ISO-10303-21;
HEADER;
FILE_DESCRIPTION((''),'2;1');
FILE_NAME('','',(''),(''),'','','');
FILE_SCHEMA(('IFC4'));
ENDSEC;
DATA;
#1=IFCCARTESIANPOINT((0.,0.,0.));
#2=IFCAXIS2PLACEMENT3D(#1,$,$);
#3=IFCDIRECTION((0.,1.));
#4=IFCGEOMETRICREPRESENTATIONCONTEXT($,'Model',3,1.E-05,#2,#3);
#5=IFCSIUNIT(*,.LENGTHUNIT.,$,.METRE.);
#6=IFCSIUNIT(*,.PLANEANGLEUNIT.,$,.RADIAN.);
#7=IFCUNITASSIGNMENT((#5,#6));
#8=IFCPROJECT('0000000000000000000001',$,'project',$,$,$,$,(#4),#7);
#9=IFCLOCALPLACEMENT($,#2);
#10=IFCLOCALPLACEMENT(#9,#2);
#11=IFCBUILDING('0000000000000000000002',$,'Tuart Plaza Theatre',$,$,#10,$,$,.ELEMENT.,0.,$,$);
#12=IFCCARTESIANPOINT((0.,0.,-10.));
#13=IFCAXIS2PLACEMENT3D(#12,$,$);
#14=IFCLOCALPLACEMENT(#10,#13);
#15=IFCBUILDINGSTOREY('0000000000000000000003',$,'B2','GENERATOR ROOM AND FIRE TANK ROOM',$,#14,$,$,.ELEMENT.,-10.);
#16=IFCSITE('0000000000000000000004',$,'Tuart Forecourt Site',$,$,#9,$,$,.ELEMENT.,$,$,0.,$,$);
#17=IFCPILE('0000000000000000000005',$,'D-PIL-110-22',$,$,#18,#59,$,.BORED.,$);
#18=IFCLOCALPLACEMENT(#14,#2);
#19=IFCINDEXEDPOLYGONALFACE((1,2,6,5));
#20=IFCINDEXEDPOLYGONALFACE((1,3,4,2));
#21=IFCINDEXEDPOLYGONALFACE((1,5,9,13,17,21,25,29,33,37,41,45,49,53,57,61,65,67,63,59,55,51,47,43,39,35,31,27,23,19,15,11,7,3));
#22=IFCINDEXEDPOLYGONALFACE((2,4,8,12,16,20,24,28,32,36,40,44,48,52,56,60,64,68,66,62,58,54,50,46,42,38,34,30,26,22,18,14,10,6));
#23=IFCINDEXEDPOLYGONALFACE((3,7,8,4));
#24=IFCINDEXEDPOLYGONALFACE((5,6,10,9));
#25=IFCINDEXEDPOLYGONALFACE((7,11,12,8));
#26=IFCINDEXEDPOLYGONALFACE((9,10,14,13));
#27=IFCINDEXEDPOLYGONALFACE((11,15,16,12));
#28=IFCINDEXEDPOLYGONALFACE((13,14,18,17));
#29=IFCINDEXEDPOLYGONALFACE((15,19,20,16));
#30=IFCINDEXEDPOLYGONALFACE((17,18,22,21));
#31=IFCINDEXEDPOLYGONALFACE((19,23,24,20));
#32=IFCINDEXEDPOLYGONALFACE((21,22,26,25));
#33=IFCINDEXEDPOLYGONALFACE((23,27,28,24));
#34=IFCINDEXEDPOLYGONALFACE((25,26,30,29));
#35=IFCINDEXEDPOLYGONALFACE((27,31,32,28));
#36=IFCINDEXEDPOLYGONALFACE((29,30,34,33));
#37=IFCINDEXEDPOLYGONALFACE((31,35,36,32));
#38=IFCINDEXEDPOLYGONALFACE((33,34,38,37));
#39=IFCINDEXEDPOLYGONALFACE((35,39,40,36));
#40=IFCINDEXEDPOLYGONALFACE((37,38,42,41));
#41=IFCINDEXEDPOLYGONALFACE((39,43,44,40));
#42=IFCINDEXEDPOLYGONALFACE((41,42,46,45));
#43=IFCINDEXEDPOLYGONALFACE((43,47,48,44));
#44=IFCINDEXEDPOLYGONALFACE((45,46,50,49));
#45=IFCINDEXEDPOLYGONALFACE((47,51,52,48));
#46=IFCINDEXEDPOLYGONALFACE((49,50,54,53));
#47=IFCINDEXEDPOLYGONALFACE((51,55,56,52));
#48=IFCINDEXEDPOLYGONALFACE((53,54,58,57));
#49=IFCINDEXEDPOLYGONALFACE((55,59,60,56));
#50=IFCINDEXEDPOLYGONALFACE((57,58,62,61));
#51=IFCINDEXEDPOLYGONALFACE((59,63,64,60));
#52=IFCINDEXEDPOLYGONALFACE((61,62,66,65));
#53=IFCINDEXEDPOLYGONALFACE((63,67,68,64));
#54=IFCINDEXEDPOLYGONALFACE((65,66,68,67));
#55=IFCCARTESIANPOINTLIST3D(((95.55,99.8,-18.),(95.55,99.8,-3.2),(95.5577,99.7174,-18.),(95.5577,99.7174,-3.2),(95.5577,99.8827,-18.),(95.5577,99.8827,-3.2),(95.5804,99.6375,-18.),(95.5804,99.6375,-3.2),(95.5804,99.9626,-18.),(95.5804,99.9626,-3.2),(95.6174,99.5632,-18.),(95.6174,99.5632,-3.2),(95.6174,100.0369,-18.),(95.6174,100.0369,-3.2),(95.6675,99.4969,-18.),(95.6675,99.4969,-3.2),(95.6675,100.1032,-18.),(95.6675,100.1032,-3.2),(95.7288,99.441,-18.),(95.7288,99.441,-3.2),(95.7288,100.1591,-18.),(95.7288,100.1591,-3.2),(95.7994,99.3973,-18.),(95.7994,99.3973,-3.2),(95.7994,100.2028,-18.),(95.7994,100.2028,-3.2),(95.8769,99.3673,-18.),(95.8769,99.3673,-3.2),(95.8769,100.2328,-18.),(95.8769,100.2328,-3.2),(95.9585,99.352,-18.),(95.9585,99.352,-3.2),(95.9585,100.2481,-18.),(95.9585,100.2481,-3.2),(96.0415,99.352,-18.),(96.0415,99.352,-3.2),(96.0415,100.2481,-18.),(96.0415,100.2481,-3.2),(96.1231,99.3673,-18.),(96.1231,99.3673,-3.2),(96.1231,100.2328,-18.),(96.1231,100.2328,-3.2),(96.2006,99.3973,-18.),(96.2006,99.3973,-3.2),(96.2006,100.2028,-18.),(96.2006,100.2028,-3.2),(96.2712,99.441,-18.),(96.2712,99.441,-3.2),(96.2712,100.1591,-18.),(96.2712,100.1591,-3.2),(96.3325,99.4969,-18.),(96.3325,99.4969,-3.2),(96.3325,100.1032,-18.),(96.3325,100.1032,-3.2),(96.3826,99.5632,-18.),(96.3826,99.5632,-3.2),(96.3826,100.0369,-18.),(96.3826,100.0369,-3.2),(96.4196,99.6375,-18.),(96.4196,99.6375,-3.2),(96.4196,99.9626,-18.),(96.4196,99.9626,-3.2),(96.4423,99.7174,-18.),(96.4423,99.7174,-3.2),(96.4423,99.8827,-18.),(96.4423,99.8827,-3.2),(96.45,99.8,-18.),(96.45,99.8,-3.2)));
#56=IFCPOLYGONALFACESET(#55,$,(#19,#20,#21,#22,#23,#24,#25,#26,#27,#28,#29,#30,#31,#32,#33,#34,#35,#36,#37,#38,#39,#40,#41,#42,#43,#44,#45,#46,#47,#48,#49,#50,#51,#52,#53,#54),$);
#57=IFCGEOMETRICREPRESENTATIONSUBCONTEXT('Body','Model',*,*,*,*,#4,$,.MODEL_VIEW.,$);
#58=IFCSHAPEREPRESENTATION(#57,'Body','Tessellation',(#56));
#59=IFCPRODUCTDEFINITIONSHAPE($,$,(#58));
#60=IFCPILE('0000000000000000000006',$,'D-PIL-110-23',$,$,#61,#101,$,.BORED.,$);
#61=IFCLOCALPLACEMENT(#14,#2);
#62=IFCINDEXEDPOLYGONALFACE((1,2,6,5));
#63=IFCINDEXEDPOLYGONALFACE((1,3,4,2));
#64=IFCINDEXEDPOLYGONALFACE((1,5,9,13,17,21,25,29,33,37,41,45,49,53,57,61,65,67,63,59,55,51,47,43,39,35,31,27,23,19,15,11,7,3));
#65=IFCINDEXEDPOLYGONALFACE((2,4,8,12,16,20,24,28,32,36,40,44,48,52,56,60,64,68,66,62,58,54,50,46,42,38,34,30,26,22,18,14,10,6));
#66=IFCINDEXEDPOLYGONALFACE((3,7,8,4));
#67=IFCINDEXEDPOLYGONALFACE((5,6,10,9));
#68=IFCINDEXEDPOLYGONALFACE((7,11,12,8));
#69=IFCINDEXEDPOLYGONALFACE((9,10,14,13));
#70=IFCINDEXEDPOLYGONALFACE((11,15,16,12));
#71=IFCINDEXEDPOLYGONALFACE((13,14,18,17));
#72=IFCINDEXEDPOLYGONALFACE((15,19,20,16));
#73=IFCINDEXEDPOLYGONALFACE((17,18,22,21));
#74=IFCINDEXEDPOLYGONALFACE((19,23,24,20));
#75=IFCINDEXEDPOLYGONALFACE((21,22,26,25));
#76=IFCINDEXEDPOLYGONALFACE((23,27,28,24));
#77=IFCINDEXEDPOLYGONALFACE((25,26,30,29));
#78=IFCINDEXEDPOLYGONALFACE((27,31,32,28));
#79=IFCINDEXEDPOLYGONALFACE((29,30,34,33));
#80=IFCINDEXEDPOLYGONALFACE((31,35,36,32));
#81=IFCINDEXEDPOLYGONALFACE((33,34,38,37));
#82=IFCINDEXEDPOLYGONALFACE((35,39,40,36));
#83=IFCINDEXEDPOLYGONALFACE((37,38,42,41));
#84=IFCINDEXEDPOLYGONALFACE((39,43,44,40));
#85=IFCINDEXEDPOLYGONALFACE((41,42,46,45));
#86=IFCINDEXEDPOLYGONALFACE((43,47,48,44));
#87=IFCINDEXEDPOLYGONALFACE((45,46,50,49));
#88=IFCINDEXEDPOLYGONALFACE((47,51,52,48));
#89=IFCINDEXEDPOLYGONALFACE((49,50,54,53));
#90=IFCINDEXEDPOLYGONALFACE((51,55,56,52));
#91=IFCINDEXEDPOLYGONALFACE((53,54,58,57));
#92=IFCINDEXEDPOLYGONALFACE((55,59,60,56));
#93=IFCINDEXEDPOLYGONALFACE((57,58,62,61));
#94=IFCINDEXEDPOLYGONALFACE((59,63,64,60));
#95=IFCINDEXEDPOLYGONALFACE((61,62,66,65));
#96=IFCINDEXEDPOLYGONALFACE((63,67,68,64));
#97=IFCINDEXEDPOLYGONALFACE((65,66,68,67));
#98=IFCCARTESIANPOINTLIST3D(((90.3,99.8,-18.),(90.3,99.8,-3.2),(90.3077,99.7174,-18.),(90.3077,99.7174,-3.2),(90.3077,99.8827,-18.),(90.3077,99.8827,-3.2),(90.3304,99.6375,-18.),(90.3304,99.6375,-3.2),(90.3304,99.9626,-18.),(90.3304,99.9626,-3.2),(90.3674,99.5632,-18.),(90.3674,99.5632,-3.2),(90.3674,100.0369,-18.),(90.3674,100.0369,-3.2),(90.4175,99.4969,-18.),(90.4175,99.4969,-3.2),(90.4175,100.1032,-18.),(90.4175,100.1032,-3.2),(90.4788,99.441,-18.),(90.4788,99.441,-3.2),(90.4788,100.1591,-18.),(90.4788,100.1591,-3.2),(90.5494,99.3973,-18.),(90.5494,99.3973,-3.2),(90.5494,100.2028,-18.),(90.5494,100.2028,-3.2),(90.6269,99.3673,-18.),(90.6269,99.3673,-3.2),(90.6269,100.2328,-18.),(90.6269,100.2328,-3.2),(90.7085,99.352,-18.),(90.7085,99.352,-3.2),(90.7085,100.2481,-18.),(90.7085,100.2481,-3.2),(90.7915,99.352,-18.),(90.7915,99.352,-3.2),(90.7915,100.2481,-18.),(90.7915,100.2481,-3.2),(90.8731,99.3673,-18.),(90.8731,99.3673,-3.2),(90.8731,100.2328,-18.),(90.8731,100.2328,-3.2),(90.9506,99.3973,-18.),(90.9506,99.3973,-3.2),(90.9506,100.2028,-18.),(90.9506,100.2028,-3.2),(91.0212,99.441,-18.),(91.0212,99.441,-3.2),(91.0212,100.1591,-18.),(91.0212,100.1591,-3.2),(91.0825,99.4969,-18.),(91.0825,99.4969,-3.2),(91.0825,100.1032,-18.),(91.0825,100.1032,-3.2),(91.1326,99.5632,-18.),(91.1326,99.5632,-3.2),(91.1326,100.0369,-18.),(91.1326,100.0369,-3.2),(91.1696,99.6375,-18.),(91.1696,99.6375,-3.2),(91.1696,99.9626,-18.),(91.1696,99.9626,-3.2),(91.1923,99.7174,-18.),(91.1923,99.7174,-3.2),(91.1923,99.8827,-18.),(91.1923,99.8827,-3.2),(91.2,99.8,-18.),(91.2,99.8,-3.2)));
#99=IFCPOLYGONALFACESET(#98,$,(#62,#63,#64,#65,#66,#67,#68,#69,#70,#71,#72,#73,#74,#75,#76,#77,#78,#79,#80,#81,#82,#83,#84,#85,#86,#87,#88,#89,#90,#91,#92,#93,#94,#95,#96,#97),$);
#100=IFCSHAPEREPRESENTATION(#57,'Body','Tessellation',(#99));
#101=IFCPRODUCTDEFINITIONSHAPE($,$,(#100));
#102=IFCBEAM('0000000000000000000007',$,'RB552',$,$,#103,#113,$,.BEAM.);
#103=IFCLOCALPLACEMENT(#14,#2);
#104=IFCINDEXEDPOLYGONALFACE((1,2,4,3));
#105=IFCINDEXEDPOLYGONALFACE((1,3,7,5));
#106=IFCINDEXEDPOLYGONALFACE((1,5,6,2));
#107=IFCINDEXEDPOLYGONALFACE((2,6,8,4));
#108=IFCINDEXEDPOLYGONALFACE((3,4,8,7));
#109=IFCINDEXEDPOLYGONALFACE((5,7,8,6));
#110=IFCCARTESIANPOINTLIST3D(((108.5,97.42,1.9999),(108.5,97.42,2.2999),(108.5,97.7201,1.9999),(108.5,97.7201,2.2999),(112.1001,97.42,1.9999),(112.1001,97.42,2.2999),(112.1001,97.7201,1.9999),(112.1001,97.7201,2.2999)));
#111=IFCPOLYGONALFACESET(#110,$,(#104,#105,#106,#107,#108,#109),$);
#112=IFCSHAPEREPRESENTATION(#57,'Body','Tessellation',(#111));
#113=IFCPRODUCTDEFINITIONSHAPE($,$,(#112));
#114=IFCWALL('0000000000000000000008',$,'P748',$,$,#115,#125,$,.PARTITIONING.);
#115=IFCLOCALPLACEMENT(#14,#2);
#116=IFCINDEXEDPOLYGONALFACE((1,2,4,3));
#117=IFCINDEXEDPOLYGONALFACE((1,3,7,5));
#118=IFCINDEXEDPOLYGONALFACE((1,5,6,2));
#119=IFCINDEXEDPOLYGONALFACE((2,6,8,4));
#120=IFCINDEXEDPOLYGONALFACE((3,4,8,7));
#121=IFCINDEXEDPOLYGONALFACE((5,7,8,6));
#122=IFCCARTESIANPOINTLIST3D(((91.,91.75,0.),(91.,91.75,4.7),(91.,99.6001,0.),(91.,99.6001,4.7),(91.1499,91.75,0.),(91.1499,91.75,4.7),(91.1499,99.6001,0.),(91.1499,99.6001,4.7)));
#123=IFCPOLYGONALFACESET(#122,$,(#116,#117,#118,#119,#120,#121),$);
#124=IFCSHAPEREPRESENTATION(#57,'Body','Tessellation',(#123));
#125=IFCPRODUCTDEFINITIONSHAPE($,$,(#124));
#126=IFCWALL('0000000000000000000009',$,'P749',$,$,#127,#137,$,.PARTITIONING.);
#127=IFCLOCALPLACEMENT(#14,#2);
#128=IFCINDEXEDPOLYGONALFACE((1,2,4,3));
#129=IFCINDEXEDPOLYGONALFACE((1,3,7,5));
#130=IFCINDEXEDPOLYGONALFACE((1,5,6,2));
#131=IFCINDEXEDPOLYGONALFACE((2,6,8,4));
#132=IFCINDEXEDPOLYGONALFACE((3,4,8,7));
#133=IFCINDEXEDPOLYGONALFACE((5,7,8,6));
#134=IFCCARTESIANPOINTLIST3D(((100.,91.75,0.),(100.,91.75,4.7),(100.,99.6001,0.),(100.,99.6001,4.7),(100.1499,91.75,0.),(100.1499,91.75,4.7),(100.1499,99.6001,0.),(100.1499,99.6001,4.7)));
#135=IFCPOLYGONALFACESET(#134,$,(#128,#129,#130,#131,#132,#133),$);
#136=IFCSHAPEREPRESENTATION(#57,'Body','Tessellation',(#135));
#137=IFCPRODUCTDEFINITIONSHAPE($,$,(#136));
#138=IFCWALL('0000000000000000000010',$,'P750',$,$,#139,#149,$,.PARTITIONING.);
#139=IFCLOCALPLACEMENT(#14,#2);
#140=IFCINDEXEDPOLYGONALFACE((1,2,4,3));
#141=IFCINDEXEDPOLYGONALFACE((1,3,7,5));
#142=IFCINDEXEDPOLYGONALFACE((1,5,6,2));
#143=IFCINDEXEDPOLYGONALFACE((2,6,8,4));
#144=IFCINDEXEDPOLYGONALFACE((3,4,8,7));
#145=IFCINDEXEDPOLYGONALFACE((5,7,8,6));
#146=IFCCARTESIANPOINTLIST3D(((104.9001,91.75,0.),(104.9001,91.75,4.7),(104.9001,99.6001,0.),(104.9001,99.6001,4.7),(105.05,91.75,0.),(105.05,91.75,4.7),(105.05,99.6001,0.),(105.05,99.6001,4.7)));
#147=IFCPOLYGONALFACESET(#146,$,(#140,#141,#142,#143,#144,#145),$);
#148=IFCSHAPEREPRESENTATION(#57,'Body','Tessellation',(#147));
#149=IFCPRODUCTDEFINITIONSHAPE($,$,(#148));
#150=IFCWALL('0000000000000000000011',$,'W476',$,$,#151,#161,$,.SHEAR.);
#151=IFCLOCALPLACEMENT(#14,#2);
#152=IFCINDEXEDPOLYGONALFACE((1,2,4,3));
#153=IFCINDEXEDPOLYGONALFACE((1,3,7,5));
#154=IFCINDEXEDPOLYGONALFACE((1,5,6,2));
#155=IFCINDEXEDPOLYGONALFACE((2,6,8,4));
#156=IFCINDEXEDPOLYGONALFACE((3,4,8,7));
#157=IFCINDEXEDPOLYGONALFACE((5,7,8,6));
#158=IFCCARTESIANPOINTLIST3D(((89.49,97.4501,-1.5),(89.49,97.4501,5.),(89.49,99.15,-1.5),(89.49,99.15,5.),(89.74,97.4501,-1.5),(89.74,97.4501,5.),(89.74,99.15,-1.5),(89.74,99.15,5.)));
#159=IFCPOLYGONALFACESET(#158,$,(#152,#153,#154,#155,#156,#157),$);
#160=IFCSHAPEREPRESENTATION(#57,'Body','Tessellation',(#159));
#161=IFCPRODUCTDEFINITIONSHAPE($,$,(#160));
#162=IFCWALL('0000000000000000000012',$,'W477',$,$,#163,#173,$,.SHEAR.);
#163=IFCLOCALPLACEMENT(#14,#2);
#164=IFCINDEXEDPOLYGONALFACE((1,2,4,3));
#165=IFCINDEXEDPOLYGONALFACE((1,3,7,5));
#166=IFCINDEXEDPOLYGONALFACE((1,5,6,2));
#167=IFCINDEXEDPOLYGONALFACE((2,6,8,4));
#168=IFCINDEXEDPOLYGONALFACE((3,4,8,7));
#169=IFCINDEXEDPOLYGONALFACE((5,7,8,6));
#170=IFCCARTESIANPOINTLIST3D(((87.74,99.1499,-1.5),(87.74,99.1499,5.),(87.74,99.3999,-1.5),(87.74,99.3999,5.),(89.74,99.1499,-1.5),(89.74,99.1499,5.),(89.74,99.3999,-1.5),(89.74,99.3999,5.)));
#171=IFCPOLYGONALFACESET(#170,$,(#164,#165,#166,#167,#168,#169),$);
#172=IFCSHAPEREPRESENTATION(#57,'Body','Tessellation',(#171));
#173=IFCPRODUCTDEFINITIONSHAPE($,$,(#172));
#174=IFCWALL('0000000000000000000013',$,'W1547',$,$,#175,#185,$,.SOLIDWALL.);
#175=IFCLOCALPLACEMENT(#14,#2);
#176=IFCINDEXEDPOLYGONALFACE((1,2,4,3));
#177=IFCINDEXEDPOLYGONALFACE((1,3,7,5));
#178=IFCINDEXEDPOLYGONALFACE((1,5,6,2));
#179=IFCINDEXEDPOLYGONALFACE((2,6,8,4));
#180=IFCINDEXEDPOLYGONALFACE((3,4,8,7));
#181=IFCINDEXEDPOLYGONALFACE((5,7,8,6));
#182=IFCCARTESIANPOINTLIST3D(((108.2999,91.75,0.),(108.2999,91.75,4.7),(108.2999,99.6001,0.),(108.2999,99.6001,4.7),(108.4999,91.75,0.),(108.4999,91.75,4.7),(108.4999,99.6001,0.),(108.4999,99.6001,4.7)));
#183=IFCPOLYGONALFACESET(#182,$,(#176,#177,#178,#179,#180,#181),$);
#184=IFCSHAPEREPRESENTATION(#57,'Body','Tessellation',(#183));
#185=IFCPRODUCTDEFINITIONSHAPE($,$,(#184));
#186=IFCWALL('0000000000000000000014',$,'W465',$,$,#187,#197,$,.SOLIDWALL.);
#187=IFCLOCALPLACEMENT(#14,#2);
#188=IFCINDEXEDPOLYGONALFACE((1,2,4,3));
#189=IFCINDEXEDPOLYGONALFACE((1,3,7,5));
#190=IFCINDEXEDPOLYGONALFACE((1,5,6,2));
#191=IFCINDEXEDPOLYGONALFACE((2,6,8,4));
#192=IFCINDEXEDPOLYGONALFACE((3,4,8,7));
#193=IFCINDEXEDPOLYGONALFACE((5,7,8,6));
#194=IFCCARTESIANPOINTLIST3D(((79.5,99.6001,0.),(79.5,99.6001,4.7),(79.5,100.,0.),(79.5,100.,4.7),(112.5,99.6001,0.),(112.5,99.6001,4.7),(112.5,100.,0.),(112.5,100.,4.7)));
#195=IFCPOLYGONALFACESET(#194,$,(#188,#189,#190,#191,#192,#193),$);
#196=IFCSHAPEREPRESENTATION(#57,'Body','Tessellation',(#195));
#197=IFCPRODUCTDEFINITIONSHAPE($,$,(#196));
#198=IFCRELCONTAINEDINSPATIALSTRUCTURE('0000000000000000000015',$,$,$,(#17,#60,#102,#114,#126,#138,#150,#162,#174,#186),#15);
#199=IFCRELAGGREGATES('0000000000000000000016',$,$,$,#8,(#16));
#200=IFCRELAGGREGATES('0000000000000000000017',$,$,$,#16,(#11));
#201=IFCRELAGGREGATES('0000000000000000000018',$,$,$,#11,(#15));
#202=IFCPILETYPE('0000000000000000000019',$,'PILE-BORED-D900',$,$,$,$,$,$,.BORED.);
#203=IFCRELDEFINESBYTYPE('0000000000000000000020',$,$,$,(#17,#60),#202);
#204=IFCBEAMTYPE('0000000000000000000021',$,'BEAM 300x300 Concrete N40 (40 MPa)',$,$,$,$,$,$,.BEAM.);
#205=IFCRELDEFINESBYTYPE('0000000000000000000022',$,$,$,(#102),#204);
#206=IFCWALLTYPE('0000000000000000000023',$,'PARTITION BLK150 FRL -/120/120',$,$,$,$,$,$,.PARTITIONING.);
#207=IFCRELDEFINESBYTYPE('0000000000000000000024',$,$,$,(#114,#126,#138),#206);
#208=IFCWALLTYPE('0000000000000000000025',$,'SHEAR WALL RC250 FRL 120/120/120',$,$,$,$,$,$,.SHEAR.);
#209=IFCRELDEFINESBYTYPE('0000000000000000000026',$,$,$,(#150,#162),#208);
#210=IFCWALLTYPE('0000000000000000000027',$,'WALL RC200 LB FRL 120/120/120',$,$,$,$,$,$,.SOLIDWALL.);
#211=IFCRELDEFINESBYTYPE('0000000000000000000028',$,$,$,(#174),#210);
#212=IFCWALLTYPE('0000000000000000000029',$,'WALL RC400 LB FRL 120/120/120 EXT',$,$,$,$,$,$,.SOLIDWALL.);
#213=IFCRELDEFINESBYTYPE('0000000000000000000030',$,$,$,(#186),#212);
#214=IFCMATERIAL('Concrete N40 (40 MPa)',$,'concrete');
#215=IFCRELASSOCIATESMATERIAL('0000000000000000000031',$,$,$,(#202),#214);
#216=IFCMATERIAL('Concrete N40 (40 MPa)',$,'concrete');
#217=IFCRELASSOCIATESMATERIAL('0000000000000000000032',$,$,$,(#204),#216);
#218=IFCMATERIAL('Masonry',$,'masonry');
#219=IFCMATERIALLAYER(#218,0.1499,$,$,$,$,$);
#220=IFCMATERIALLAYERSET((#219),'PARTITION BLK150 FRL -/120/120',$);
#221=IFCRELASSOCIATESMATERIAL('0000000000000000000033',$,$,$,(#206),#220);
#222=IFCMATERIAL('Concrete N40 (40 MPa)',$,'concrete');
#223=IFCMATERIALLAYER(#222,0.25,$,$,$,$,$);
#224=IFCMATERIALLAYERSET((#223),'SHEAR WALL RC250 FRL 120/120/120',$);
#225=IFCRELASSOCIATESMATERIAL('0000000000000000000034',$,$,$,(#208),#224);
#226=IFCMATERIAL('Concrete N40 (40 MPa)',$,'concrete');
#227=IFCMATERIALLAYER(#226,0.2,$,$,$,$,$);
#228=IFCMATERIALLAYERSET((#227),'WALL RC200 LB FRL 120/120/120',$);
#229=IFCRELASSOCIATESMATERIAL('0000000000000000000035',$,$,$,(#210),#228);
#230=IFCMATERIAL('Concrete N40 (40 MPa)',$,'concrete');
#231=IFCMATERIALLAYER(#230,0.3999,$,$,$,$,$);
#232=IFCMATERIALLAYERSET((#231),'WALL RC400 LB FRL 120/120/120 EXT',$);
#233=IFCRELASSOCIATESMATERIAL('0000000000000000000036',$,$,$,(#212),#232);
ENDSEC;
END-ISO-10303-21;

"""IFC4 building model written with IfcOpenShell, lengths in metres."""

from ifc_helpers import new_model, si_unit, direction, frame, frame_2d, origin, origin_2d, place, context, subcontext, project, spatial, rectangle, circle, extrude, material, layer, layer_set, material_profile, profile_set, type_object, element, save


model = new_model("IFC4")

# Units and contexts
model_context = context("Model", 3, precision=1e-05, world=origin(), true_north=direction((0.0, 1.0)))
body_context = subcontext(model_context, "Body", "Model", "MODEL_VIEW")
ifc_project = project(units=[si_unit("LENGTHUNIT", "METRE"), si_unit("PLANEANGLEUNIT", "RADIAN")], contexts=[model_context])

# Site, building, storey
site_placement = place(None, origin())
site = spatial("IfcSite", under=ifc_project, at=site_placement, Name="Tuart Forecourt Site", CompositionType="ELEMENT", RefElevation=0.0)
building_placement = place(site_placement, origin())
building = spatial("IfcBuilding", under=site, at=building_placement, Name="Tuart Plaza Theatre", CompositionType="ELEMENT", ElevationOfRefHeight=0.0)
storey_placement = place(building_placement, frame((0.0, 0.0, -10.0)))
storey = spatial("IfcBuildingStorey", under=building, at=storey_placement, Name="B2", Description="GENERATOR ROOM AND FIRE TANK ROOM", CompositionType="ELEMENT", Elevation=-10.0)

# Piles
ifc_material_1 = material(Name="Concrete N40 (40 MPa)", Category="concrete")
ifc_material_profile_1 = material_profile(ifc_material_1, circle(Radius=0.45, at=origin_2d()), Name="PILE-BORED-D900")
ifc_profile_set_1 = profile_set([ifc_material_profile_1], Name="Concrete N40 (40 MPa)")
pile_type_1 = type_object("IfcPileType", Name="PILE-BORED-D900", PredefinedType="BORED", material=ifc_profile_set_1)
for number, where, z_axis, x_axis, name in (
    (1, (96.0, 99.8, -3.2), (0.0, 0.0, -1.0), (1.0, 0.0, 0.0), "D-PIL-110-22"),
    (2, (90.75, 99.8, -3.2), (0.0, 0.0, -1.0), (1.0, 0.0, 0.0), "D-PIL-110-23"),
):
    element("IfcPile", number, at=place(storey_placement, frame(where, z_axis=z_axis, x_axis=x_axis)), inside=storey, type_object=pile_type_1, Name=name, PredefinedType="BORED", context=body_context, shape_type="SweptSolid", body=[
        extrude(circle(Radius=0.45, at=origin_2d()), origin(), (0.0, 0.0, 1.0), 14.8),
    ])

# Beam
ifc_material_2 = material(Name="Concrete N40 (40 MPa)", Category="concrete")
ifc_material_profile_2 = material_profile(ifc_material_2, rectangle(XDim=0.3, YDim=0.3, at=origin_2d()), Name="BEAM 300x300 Concrete N40 (40 MPa)")
ifc_profile_set_2 = profile_set([ifc_material_profile_2], Name="Concrete N40 (40 MPa)")
beam_type = type_object("IfcBeamType", Name="BEAM 300x300 Concrete N40 (40 MPa)", PredefinedType="BEAM", material=ifc_profile_set_2)
beam_placement = place(storey_placement, frame((108.5, 97.5701, 2.1499), z_axis=(1.0, 0.0, 0.0), x_axis=(0.0, 1.0, 0.0)))
element("IfcBeam", 3, at=beam_placement, inside=storey, type_object=beam_type, Name="RB552", PredefinedType="BEAM", context=body_context, shape_type="SweptSolid", body=[
    extrude(rectangle(XDim=0.3, YDim=0.3, at=origin_2d()), origin(), (0.0, 0.0, 1.0), 3.6001),
])

# Walls
ifc_material_3 = material(Name="Masonry", Category="masonry")
ifc_layer_1 = layer(ifc_material_3, 0.1499)
ifc_layer_set_1 = layer_set([ifc_layer_1], Name="PARTITION BLK150 FRL -/120/120")
wall_type_1 = type_object("IfcWallType", Name="PARTITION BLK150 FRL -/120/120", PredefinedType="PARTITIONING", material=ifc_layer_set_1)
for number, where, z_axis, x_axis, name in (
    (4, (91.075, 91.75, 0.0), (0.0, 0.0, 1.0), (0.0, 1.0, 0.0), "P748"),
    (5, (100.075, 91.75, 0.0), (0.0, 0.0, 1.0), (0.0, 1.0, 0.0), "P749"),
    (6, (104.9751, 91.75, 0.0), (0.0, 0.0, 1.0), (0.0, 1.0, 0.0), "P750"),
):
    element("IfcWall", number, at=place(storey_placement, frame(where, z_axis=z_axis, x_axis=x_axis)), inside=storey, type_object=wall_type_1, Name=name, PredefinedType="PARTITIONING", context=body_context, shape_type="SweptSolid", body=[
        extrude(rectangle(XDim=7.8501, YDim=0.1499, at=frame_2d((3.925, 0.0))), origin(), (0.0, 0.0, 1.0), 4.7),
    ])
ifc_material_4 = material(Name="Concrete N40 (40 MPa)", Category="concrete")
ifc_layer_2 = layer(ifc_material_4, 0.25)
ifc_layer_set_2 = layer_set([ifc_layer_2], Name="SHEAR WALL RC250 FRL 120/120/120")
wall_type_2 = type_object("IfcWallType", Name="SHEAR WALL RC250 FRL 120/120/120", PredefinedType="SHEAR", material=ifc_layer_set_2)
wall_1_placement = place(storey_placement, frame((89.615, 97.45, -1.5), z_axis=(0.0, 0.0, 1.0), x_axis=(0.0, 1.0, 0.0)))
element("IfcWall", 7, at=wall_1_placement, inside=storey, type_object=wall_type_2, Name="W476", PredefinedType="SHEAR", context=body_context, shape_type="SweptSolid", body=[
    extrude(rectangle(XDim=1.7, YDim=0.25, at=frame_2d((0.8501, 0.0))), origin(), (0.0, 0.0, 1.0), 6.5),
])
wall_2_placement = place(storey_placement, frame((89.74, 99.2749, -1.5), z_axis=(0.0, 0.0, 1.0), x_axis=(-1.0, 0.0, 0.0)))
element("IfcWall", 8, at=wall_2_placement, inside=storey, type_object=wall_type_2, Name="W477", PredefinedType="SHEAR", context=body_context, shape_type="SweptSolid", body=[
    extrude(rectangle(XDim=2.0, YDim=0.25, at=frame_2d((1.0, 0.0))), origin(), (0.0, 0.0, 1.0), 6.5),
])
ifc_material_5 = material(Name="Concrete N40 (40 MPa)", Category="concrete")
ifc_layer_3 = layer(ifc_material_5, 0.2)
ifc_layer_set_3 = layer_set([ifc_layer_3], Name="WALL RC200 LB FRL 120/120/120")
wall_type_3 = type_object("IfcWallType", Name="WALL RC200 LB FRL 120/120/120", PredefinedType="SOLIDWALL", material=ifc_layer_set_3)
wall_3_placement = place(storey_placement, frame((108.3999, 91.75, 0.0), z_axis=(0.0, 0.0, 1.0), x_axis=(0.0, 1.0, 0.0)))
element("IfcWall", 9, at=wall_3_placement, inside=storey, type_object=wall_type_3, Name="W1547", PredefinedType="SOLIDWALL", context=body_context, shape_type="SweptSolid", body=[
    extrude(rectangle(XDim=7.8501, YDim=0.2, at=frame_2d((3.925, 0.0))), origin(), (0.0, 0.0, 1.0), 4.7),
])
ifc_material_6 = material(Name="Concrete N40 (40 MPa)", Category="concrete")
ifc_layer_4 = layer(ifc_material_6, 0.3999)
ifc_layer_set_4 = layer_set([ifc_layer_4], Name="WALL RC400 LB FRL 120/120/120 EXT")
wall_type_4 = type_object("IfcWallType", Name="WALL RC400 LB FRL 120/120/120 EXT", PredefinedType="SOLIDWALL", material=ifc_layer_set_4)
wall_4_placement = place(storey_placement, frame((112.5, 99.8, 0.0), z_axis=(0.0, 0.0, 1.0), x_axis=(-1.0, 0.0, 0.0)))
element("IfcWall", 10, at=wall_4_placement, inside=storey, type_object=wall_type_4, Name="W465", PredefinedType="SOLIDWALL", context=body_context, shape_type="SweptSolid", body=[
    extrude(rectangle(XDim=33.0, YDim=0.3999, at=frame_2d((16.5, 0.0))), origin(), (0.0, 0.0, 1.0), 4.7),
])

save(model, "model.ifc")
